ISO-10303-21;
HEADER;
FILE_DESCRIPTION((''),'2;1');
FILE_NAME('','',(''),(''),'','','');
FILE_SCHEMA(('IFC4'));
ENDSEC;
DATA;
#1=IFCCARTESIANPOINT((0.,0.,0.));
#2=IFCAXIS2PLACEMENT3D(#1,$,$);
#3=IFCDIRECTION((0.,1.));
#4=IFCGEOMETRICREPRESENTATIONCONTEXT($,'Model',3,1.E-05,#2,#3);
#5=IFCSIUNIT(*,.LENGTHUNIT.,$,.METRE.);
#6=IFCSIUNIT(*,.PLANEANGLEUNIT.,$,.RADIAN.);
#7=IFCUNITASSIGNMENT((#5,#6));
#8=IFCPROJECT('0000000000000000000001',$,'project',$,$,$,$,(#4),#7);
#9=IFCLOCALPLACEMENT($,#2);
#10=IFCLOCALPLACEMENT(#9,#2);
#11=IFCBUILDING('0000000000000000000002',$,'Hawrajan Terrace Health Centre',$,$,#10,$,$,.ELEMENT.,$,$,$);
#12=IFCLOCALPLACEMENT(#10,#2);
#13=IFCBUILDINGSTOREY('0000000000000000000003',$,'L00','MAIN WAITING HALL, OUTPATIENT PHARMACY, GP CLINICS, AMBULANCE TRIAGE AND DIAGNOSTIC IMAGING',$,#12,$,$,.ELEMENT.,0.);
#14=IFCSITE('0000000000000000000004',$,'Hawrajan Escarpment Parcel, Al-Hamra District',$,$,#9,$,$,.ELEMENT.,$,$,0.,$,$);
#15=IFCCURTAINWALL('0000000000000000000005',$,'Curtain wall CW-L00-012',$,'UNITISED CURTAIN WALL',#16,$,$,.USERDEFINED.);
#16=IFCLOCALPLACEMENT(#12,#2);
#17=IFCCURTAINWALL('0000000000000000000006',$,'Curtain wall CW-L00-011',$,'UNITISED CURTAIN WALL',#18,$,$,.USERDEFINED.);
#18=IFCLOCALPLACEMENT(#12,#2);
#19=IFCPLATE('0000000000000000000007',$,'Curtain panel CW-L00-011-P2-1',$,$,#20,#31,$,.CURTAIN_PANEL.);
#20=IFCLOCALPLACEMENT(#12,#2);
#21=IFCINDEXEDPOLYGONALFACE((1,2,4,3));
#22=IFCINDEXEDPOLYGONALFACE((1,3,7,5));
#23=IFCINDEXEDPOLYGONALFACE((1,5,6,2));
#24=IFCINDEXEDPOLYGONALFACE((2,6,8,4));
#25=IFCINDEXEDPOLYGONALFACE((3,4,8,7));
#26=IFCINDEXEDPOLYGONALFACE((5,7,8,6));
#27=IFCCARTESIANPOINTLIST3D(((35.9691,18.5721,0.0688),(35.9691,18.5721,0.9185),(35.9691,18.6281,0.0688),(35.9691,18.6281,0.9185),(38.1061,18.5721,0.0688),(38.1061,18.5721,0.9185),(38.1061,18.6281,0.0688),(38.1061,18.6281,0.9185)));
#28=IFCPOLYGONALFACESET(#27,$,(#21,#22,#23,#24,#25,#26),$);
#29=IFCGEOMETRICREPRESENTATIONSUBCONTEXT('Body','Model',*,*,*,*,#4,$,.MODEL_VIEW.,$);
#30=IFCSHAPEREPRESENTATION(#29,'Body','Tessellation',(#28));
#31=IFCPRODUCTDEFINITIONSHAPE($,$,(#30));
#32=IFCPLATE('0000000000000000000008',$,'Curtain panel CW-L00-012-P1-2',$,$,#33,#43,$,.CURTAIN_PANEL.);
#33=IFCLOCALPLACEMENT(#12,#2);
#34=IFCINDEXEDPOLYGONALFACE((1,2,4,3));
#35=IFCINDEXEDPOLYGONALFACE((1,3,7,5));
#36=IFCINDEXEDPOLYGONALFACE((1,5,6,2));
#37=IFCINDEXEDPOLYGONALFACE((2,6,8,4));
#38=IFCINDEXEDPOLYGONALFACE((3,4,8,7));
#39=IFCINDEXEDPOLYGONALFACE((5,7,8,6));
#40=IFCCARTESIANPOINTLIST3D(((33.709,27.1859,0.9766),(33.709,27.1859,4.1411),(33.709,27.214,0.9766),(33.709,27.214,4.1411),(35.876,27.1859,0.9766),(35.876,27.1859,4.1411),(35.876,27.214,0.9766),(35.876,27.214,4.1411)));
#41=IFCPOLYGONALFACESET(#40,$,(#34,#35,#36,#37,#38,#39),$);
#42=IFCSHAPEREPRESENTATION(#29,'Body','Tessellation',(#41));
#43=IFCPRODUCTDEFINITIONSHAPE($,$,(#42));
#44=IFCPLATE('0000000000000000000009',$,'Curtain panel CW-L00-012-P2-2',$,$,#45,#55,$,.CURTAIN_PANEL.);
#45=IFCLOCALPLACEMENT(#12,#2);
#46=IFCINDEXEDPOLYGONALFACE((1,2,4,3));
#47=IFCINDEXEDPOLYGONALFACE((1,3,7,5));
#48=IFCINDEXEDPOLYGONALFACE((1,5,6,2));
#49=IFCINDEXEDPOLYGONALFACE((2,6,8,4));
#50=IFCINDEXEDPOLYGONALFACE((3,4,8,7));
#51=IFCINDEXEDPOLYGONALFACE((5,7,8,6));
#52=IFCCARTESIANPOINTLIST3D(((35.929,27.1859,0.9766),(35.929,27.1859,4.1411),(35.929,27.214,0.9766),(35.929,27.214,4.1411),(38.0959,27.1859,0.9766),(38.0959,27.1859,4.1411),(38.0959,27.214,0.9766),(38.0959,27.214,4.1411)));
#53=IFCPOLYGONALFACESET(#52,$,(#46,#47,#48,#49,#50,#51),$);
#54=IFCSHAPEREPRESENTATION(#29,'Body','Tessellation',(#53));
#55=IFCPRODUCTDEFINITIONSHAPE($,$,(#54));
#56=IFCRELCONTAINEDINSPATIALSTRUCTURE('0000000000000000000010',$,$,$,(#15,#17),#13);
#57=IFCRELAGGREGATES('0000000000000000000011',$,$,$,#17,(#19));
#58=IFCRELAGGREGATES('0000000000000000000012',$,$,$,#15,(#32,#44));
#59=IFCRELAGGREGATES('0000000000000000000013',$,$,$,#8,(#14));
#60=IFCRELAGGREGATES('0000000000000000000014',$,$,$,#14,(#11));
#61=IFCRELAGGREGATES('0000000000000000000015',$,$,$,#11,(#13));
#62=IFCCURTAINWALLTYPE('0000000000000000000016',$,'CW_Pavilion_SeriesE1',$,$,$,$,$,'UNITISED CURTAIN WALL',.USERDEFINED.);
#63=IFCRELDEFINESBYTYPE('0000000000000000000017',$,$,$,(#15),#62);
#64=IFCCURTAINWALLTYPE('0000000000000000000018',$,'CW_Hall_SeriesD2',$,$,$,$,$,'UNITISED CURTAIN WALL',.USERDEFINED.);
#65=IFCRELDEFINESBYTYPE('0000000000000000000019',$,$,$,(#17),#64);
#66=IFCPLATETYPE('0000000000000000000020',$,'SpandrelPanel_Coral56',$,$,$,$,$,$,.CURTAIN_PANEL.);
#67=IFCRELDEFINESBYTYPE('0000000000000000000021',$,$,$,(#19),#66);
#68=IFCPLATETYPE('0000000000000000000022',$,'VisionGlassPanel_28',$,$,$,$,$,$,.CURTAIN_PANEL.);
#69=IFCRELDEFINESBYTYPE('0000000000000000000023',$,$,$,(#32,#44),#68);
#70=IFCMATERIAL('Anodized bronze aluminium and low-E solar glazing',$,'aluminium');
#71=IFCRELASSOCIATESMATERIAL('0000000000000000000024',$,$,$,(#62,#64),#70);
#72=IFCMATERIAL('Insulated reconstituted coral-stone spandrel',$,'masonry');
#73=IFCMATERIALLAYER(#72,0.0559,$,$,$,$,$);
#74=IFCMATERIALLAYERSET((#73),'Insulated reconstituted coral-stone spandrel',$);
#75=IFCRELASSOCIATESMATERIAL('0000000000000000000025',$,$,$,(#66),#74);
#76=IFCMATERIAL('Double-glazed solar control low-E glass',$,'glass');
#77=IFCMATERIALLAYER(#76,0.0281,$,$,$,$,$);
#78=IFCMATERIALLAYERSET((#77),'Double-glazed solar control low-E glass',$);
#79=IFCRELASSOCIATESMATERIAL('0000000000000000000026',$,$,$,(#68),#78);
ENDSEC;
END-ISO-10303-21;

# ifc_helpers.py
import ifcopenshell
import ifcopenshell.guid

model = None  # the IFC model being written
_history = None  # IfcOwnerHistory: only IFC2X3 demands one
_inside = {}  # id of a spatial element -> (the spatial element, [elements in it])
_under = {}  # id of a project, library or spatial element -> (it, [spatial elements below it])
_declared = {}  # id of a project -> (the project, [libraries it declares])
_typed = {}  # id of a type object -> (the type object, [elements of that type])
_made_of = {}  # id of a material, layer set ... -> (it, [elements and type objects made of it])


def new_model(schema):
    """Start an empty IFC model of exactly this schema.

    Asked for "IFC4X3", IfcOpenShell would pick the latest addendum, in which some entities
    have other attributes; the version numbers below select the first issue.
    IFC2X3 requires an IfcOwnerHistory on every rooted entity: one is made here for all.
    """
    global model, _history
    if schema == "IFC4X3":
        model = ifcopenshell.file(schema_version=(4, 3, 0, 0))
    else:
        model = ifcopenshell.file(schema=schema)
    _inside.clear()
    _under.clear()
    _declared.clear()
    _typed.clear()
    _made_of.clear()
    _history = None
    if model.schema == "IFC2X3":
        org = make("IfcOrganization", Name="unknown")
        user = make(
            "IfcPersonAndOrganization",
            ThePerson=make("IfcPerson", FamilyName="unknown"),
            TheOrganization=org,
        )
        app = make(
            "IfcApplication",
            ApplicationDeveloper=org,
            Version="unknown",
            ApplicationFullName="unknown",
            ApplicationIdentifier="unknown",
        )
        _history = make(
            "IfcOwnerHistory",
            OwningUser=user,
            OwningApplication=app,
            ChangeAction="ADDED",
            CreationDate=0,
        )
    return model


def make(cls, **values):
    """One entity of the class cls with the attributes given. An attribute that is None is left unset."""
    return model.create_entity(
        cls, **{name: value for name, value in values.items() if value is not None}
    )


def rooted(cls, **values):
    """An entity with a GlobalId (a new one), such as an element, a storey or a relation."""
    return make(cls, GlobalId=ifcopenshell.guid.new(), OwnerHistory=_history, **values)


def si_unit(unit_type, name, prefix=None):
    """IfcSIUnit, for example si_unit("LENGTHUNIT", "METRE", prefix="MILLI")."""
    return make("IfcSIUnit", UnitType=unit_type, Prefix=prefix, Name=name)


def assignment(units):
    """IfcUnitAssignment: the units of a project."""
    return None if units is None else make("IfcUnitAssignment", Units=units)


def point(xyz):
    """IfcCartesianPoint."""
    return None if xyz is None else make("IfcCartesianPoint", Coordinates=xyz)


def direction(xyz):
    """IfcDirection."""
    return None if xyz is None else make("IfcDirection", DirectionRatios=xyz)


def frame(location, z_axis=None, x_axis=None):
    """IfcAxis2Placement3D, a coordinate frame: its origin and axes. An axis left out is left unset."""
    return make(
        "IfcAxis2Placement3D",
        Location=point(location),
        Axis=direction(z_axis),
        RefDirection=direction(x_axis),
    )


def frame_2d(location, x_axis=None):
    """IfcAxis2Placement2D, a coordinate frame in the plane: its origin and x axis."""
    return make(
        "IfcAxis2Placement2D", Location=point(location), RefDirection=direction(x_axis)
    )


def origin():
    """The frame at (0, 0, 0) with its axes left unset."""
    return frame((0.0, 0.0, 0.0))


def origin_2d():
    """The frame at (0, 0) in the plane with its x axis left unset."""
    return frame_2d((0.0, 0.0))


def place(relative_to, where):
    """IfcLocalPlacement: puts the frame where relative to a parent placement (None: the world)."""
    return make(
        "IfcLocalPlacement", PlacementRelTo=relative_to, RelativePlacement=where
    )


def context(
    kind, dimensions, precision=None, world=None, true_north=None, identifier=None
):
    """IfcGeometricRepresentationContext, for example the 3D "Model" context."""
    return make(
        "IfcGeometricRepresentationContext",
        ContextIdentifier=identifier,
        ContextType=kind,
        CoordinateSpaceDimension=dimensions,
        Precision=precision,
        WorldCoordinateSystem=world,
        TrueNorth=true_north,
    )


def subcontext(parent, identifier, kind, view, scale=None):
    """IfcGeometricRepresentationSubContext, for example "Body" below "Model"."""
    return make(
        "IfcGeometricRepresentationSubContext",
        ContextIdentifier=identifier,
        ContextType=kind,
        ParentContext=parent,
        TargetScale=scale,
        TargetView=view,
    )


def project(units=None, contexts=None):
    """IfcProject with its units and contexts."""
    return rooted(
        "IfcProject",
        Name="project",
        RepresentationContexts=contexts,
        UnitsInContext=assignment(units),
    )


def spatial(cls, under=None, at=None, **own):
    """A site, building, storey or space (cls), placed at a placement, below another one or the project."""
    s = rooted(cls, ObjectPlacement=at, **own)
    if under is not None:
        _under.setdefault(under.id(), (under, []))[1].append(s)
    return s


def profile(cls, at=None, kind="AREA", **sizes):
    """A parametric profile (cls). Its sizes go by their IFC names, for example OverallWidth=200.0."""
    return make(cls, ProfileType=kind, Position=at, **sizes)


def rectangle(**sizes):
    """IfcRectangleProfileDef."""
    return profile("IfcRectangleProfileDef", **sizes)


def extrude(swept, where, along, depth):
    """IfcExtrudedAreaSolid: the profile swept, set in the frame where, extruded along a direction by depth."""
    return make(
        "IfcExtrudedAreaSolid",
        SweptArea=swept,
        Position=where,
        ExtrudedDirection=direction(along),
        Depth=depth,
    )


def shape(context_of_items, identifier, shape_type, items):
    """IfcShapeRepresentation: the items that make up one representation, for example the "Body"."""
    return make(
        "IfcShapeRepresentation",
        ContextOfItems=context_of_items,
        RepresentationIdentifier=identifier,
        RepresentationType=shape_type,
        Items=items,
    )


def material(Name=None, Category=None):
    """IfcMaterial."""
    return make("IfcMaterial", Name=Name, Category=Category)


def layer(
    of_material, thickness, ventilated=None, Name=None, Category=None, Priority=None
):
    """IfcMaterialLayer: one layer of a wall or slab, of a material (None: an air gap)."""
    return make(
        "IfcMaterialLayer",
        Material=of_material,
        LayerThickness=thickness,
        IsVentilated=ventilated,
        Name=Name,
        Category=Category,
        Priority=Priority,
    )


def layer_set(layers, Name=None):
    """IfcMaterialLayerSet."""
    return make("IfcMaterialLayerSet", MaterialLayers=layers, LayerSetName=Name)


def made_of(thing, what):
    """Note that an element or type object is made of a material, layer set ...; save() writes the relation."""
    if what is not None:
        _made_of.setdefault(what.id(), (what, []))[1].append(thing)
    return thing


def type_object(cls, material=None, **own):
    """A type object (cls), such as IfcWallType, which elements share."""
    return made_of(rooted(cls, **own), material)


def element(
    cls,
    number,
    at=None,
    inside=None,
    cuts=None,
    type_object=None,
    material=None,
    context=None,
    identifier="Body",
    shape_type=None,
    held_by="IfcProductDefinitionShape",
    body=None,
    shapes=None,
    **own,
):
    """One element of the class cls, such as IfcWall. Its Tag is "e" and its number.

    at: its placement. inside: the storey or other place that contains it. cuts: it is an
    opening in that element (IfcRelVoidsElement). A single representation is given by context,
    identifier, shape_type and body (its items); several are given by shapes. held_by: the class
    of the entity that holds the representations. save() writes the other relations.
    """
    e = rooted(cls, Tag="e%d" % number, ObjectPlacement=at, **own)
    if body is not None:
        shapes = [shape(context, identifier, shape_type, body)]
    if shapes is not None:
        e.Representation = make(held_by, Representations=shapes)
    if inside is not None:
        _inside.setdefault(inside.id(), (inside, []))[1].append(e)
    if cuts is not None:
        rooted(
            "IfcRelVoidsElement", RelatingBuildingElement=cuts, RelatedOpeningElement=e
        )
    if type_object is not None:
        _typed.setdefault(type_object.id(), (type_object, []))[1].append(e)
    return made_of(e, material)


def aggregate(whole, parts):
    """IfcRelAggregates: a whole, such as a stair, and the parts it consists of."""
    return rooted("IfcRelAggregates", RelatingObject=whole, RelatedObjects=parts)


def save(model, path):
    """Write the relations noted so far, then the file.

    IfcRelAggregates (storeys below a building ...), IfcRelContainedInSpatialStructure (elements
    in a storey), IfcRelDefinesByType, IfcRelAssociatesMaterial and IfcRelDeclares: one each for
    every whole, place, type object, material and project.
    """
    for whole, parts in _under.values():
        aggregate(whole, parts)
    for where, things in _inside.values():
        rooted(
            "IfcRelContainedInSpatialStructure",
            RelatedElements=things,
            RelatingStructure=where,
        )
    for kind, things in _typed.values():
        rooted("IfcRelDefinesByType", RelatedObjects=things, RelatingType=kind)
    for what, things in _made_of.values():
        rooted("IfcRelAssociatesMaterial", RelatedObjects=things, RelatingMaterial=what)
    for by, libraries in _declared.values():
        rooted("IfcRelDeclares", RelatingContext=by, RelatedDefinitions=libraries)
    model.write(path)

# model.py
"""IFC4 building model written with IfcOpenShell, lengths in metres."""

from ifc_helpers import new_model, si_unit, direction, frame, origin, origin_2d, place, context, subcontext, project, spatial, rectangle, extrude, material, layer, layer_set, type_object, element, aggregate, save


model = new_model("IFC4")

# Units and contexts
model_context = context("Model", 3, precision=1e-05, world=origin(), true_north=direction((0.0, 1.0)))
body_context = subcontext(model_context, "Body", "Model", "MODEL_VIEW")
ifc_project = project(units=[si_unit("LENGTHUNIT", "METRE"), si_unit("PLANEANGLEUNIT", "RADIAN")], contexts=[model_context])

# Site, building, storey
site_placement = place(None, origin())
site = spatial("IfcSite", under=ifc_project, at=site_placement, Name="Hawrajan Escarpment Parcel, Al-Hamra District", CompositionType="ELEMENT", RefElevation=0.0)
building_placement = place(site_placement, origin())
building = spatial("IfcBuilding", under=site, at=building_placement, Name="Hawrajan Terrace Health Centre", CompositionType="ELEMENT")
storey_placement = place(building_placement, origin())
storey = spatial("IfcBuildingStorey", under=building, at=storey_placement, Name="L00", Description="MAIN WAITING HALL, OUTPATIENT PHARMACY, GP CLINICS, AMBULANCE TRIAGE AND DIAGNOSTIC IMAGING", CompositionType="ELEMENT", Elevation=0.0)

# Curtain walls
ifc_material_1 = material(Name="Anodized bronze aluminium and low-E solar glazing", Category="aluminium")
curtain_wall_type_1 = type_object("IfcCurtainWallType", Name="CW_Pavilion_SeriesE1", ElementType="UNITISED CURTAIN WALL", PredefinedType="USERDEFINED", material=ifc_material_1)
curtain_wall_1_placement = place(storey_placement, origin())
curtain_wall_1 = element("IfcCurtainWall", 1, at=curtain_wall_1_placement, inside=storey, type_object=curtain_wall_type_1, Name="Curtain wall CW-L00-012", ObjectType="UNITISED CURTAIN WALL", PredefinedType="USERDEFINED")
curtain_wall_type_2 = type_object("IfcCurtainWallType", Name="CW_Hall_SeriesD2", ElementType="UNITISED CURTAIN WALL", PredefinedType="USERDEFINED", material=ifc_material_1)
curtain_wall_2_placement = place(storey_placement, origin())
curtain_wall_2 = element("IfcCurtainWall", 2, at=curtain_wall_2_placement, inside=storey, type_object=curtain_wall_type_2, Name="Curtain wall CW-L00-011", ObjectType="UNITISED CURTAIN WALL", PredefinedType="USERDEFINED")

# Plates
ifc_material_2 = material(Name="Insulated reconstituted coral-stone spandrel", Category="masonry")
ifc_layer_1 = layer(ifc_material_2, 0.0559)
ifc_layer_set_1 = layer_set([ifc_layer_1], Name="Insulated reconstituted coral-stone spandrel")
plate_type_1 = type_object("IfcPlateType", Name="SpandrelPanel_Coral56", PredefinedType="CURTAIN_PANEL", material=ifc_layer_set_1)
plate_1_placement = place(storey_placement, frame((37.0376, 18.6001, 0.0688), z_axis=(0.0, 0.0, 1.0), x_axis=(1.0, 0.0, 0.0)))
plate_1 = element("IfcPlate", 3, at=plate_1_placement, type_object=plate_type_1, Name="Curtain panel CW-L00-011-P2-1", PredefinedType="CURTAIN_PANEL", context=body_context, shape_type="SweptSolid", body=[
    extrude(rectangle(XDim=2.137, YDim=0.0559, at=origin_2d()), origin(), (0.0, 0.0, 1.0), 0.8496),
])
aggregate(curtain_wall_2, [plate_1])
ifc_material_3 = material(Name="Double-glazed solar control low-E glass", Category="glass")
ifc_layer_2 = layer(ifc_material_3, 0.0281)
ifc_layer_set_2 = layer_set([ifc_layer_2], Name="Double-glazed solar control low-E glass")
plate_type_2 = type_object("IfcPlateType", Name="VisionGlassPanel_28", PredefinedType="CURTAIN_PANEL", material=ifc_layer_set_2)
plate_2_placement = place(storey_placement, frame((34.7925, 27.2, 0.9766), z_axis=(0.0, 0.0, 1.0), x_axis=(1.0, 0.0, 0.0)))
plate_2 = element("IfcPlate", 4, at=plate_2_placement, type_object=plate_type_2, Name="Curtain panel CW-L00-012-P1-2", PredefinedType="CURTAIN_PANEL", context=body_context, shape_type="SweptSolid", body=[
    extrude(rectangle(XDim=2.167, YDim=0.0281, at=origin_2d()), origin(), (0.0, 0.0, 1.0), 3.1646),
])
plate_3_placement = place(storey_placement, frame((37.0125, 27.2, 0.9766), z_axis=(0.0, 0.0, 1.0), x_axis=(1.0, 0.0, 0.0)))
plate_3 = element("IfcPlate", 5, at=plate_3_placement, type_object=plate_type_2, Name="Curtain panel CW-L00-012-P2-2", PredefinedType="CURTAIN_PANEL", context=body_context, shape_type="SweptSolid", body=[
    extrude(rectangle(XDim=2.167, YDim=0.0281, at=origin_2d()), origin(), (0.0, 0.0, 1.0), 3.1646),
])
aggregate(curtain_wall_1, [plate_2, plate_3])

save(model, "model.ifc")
